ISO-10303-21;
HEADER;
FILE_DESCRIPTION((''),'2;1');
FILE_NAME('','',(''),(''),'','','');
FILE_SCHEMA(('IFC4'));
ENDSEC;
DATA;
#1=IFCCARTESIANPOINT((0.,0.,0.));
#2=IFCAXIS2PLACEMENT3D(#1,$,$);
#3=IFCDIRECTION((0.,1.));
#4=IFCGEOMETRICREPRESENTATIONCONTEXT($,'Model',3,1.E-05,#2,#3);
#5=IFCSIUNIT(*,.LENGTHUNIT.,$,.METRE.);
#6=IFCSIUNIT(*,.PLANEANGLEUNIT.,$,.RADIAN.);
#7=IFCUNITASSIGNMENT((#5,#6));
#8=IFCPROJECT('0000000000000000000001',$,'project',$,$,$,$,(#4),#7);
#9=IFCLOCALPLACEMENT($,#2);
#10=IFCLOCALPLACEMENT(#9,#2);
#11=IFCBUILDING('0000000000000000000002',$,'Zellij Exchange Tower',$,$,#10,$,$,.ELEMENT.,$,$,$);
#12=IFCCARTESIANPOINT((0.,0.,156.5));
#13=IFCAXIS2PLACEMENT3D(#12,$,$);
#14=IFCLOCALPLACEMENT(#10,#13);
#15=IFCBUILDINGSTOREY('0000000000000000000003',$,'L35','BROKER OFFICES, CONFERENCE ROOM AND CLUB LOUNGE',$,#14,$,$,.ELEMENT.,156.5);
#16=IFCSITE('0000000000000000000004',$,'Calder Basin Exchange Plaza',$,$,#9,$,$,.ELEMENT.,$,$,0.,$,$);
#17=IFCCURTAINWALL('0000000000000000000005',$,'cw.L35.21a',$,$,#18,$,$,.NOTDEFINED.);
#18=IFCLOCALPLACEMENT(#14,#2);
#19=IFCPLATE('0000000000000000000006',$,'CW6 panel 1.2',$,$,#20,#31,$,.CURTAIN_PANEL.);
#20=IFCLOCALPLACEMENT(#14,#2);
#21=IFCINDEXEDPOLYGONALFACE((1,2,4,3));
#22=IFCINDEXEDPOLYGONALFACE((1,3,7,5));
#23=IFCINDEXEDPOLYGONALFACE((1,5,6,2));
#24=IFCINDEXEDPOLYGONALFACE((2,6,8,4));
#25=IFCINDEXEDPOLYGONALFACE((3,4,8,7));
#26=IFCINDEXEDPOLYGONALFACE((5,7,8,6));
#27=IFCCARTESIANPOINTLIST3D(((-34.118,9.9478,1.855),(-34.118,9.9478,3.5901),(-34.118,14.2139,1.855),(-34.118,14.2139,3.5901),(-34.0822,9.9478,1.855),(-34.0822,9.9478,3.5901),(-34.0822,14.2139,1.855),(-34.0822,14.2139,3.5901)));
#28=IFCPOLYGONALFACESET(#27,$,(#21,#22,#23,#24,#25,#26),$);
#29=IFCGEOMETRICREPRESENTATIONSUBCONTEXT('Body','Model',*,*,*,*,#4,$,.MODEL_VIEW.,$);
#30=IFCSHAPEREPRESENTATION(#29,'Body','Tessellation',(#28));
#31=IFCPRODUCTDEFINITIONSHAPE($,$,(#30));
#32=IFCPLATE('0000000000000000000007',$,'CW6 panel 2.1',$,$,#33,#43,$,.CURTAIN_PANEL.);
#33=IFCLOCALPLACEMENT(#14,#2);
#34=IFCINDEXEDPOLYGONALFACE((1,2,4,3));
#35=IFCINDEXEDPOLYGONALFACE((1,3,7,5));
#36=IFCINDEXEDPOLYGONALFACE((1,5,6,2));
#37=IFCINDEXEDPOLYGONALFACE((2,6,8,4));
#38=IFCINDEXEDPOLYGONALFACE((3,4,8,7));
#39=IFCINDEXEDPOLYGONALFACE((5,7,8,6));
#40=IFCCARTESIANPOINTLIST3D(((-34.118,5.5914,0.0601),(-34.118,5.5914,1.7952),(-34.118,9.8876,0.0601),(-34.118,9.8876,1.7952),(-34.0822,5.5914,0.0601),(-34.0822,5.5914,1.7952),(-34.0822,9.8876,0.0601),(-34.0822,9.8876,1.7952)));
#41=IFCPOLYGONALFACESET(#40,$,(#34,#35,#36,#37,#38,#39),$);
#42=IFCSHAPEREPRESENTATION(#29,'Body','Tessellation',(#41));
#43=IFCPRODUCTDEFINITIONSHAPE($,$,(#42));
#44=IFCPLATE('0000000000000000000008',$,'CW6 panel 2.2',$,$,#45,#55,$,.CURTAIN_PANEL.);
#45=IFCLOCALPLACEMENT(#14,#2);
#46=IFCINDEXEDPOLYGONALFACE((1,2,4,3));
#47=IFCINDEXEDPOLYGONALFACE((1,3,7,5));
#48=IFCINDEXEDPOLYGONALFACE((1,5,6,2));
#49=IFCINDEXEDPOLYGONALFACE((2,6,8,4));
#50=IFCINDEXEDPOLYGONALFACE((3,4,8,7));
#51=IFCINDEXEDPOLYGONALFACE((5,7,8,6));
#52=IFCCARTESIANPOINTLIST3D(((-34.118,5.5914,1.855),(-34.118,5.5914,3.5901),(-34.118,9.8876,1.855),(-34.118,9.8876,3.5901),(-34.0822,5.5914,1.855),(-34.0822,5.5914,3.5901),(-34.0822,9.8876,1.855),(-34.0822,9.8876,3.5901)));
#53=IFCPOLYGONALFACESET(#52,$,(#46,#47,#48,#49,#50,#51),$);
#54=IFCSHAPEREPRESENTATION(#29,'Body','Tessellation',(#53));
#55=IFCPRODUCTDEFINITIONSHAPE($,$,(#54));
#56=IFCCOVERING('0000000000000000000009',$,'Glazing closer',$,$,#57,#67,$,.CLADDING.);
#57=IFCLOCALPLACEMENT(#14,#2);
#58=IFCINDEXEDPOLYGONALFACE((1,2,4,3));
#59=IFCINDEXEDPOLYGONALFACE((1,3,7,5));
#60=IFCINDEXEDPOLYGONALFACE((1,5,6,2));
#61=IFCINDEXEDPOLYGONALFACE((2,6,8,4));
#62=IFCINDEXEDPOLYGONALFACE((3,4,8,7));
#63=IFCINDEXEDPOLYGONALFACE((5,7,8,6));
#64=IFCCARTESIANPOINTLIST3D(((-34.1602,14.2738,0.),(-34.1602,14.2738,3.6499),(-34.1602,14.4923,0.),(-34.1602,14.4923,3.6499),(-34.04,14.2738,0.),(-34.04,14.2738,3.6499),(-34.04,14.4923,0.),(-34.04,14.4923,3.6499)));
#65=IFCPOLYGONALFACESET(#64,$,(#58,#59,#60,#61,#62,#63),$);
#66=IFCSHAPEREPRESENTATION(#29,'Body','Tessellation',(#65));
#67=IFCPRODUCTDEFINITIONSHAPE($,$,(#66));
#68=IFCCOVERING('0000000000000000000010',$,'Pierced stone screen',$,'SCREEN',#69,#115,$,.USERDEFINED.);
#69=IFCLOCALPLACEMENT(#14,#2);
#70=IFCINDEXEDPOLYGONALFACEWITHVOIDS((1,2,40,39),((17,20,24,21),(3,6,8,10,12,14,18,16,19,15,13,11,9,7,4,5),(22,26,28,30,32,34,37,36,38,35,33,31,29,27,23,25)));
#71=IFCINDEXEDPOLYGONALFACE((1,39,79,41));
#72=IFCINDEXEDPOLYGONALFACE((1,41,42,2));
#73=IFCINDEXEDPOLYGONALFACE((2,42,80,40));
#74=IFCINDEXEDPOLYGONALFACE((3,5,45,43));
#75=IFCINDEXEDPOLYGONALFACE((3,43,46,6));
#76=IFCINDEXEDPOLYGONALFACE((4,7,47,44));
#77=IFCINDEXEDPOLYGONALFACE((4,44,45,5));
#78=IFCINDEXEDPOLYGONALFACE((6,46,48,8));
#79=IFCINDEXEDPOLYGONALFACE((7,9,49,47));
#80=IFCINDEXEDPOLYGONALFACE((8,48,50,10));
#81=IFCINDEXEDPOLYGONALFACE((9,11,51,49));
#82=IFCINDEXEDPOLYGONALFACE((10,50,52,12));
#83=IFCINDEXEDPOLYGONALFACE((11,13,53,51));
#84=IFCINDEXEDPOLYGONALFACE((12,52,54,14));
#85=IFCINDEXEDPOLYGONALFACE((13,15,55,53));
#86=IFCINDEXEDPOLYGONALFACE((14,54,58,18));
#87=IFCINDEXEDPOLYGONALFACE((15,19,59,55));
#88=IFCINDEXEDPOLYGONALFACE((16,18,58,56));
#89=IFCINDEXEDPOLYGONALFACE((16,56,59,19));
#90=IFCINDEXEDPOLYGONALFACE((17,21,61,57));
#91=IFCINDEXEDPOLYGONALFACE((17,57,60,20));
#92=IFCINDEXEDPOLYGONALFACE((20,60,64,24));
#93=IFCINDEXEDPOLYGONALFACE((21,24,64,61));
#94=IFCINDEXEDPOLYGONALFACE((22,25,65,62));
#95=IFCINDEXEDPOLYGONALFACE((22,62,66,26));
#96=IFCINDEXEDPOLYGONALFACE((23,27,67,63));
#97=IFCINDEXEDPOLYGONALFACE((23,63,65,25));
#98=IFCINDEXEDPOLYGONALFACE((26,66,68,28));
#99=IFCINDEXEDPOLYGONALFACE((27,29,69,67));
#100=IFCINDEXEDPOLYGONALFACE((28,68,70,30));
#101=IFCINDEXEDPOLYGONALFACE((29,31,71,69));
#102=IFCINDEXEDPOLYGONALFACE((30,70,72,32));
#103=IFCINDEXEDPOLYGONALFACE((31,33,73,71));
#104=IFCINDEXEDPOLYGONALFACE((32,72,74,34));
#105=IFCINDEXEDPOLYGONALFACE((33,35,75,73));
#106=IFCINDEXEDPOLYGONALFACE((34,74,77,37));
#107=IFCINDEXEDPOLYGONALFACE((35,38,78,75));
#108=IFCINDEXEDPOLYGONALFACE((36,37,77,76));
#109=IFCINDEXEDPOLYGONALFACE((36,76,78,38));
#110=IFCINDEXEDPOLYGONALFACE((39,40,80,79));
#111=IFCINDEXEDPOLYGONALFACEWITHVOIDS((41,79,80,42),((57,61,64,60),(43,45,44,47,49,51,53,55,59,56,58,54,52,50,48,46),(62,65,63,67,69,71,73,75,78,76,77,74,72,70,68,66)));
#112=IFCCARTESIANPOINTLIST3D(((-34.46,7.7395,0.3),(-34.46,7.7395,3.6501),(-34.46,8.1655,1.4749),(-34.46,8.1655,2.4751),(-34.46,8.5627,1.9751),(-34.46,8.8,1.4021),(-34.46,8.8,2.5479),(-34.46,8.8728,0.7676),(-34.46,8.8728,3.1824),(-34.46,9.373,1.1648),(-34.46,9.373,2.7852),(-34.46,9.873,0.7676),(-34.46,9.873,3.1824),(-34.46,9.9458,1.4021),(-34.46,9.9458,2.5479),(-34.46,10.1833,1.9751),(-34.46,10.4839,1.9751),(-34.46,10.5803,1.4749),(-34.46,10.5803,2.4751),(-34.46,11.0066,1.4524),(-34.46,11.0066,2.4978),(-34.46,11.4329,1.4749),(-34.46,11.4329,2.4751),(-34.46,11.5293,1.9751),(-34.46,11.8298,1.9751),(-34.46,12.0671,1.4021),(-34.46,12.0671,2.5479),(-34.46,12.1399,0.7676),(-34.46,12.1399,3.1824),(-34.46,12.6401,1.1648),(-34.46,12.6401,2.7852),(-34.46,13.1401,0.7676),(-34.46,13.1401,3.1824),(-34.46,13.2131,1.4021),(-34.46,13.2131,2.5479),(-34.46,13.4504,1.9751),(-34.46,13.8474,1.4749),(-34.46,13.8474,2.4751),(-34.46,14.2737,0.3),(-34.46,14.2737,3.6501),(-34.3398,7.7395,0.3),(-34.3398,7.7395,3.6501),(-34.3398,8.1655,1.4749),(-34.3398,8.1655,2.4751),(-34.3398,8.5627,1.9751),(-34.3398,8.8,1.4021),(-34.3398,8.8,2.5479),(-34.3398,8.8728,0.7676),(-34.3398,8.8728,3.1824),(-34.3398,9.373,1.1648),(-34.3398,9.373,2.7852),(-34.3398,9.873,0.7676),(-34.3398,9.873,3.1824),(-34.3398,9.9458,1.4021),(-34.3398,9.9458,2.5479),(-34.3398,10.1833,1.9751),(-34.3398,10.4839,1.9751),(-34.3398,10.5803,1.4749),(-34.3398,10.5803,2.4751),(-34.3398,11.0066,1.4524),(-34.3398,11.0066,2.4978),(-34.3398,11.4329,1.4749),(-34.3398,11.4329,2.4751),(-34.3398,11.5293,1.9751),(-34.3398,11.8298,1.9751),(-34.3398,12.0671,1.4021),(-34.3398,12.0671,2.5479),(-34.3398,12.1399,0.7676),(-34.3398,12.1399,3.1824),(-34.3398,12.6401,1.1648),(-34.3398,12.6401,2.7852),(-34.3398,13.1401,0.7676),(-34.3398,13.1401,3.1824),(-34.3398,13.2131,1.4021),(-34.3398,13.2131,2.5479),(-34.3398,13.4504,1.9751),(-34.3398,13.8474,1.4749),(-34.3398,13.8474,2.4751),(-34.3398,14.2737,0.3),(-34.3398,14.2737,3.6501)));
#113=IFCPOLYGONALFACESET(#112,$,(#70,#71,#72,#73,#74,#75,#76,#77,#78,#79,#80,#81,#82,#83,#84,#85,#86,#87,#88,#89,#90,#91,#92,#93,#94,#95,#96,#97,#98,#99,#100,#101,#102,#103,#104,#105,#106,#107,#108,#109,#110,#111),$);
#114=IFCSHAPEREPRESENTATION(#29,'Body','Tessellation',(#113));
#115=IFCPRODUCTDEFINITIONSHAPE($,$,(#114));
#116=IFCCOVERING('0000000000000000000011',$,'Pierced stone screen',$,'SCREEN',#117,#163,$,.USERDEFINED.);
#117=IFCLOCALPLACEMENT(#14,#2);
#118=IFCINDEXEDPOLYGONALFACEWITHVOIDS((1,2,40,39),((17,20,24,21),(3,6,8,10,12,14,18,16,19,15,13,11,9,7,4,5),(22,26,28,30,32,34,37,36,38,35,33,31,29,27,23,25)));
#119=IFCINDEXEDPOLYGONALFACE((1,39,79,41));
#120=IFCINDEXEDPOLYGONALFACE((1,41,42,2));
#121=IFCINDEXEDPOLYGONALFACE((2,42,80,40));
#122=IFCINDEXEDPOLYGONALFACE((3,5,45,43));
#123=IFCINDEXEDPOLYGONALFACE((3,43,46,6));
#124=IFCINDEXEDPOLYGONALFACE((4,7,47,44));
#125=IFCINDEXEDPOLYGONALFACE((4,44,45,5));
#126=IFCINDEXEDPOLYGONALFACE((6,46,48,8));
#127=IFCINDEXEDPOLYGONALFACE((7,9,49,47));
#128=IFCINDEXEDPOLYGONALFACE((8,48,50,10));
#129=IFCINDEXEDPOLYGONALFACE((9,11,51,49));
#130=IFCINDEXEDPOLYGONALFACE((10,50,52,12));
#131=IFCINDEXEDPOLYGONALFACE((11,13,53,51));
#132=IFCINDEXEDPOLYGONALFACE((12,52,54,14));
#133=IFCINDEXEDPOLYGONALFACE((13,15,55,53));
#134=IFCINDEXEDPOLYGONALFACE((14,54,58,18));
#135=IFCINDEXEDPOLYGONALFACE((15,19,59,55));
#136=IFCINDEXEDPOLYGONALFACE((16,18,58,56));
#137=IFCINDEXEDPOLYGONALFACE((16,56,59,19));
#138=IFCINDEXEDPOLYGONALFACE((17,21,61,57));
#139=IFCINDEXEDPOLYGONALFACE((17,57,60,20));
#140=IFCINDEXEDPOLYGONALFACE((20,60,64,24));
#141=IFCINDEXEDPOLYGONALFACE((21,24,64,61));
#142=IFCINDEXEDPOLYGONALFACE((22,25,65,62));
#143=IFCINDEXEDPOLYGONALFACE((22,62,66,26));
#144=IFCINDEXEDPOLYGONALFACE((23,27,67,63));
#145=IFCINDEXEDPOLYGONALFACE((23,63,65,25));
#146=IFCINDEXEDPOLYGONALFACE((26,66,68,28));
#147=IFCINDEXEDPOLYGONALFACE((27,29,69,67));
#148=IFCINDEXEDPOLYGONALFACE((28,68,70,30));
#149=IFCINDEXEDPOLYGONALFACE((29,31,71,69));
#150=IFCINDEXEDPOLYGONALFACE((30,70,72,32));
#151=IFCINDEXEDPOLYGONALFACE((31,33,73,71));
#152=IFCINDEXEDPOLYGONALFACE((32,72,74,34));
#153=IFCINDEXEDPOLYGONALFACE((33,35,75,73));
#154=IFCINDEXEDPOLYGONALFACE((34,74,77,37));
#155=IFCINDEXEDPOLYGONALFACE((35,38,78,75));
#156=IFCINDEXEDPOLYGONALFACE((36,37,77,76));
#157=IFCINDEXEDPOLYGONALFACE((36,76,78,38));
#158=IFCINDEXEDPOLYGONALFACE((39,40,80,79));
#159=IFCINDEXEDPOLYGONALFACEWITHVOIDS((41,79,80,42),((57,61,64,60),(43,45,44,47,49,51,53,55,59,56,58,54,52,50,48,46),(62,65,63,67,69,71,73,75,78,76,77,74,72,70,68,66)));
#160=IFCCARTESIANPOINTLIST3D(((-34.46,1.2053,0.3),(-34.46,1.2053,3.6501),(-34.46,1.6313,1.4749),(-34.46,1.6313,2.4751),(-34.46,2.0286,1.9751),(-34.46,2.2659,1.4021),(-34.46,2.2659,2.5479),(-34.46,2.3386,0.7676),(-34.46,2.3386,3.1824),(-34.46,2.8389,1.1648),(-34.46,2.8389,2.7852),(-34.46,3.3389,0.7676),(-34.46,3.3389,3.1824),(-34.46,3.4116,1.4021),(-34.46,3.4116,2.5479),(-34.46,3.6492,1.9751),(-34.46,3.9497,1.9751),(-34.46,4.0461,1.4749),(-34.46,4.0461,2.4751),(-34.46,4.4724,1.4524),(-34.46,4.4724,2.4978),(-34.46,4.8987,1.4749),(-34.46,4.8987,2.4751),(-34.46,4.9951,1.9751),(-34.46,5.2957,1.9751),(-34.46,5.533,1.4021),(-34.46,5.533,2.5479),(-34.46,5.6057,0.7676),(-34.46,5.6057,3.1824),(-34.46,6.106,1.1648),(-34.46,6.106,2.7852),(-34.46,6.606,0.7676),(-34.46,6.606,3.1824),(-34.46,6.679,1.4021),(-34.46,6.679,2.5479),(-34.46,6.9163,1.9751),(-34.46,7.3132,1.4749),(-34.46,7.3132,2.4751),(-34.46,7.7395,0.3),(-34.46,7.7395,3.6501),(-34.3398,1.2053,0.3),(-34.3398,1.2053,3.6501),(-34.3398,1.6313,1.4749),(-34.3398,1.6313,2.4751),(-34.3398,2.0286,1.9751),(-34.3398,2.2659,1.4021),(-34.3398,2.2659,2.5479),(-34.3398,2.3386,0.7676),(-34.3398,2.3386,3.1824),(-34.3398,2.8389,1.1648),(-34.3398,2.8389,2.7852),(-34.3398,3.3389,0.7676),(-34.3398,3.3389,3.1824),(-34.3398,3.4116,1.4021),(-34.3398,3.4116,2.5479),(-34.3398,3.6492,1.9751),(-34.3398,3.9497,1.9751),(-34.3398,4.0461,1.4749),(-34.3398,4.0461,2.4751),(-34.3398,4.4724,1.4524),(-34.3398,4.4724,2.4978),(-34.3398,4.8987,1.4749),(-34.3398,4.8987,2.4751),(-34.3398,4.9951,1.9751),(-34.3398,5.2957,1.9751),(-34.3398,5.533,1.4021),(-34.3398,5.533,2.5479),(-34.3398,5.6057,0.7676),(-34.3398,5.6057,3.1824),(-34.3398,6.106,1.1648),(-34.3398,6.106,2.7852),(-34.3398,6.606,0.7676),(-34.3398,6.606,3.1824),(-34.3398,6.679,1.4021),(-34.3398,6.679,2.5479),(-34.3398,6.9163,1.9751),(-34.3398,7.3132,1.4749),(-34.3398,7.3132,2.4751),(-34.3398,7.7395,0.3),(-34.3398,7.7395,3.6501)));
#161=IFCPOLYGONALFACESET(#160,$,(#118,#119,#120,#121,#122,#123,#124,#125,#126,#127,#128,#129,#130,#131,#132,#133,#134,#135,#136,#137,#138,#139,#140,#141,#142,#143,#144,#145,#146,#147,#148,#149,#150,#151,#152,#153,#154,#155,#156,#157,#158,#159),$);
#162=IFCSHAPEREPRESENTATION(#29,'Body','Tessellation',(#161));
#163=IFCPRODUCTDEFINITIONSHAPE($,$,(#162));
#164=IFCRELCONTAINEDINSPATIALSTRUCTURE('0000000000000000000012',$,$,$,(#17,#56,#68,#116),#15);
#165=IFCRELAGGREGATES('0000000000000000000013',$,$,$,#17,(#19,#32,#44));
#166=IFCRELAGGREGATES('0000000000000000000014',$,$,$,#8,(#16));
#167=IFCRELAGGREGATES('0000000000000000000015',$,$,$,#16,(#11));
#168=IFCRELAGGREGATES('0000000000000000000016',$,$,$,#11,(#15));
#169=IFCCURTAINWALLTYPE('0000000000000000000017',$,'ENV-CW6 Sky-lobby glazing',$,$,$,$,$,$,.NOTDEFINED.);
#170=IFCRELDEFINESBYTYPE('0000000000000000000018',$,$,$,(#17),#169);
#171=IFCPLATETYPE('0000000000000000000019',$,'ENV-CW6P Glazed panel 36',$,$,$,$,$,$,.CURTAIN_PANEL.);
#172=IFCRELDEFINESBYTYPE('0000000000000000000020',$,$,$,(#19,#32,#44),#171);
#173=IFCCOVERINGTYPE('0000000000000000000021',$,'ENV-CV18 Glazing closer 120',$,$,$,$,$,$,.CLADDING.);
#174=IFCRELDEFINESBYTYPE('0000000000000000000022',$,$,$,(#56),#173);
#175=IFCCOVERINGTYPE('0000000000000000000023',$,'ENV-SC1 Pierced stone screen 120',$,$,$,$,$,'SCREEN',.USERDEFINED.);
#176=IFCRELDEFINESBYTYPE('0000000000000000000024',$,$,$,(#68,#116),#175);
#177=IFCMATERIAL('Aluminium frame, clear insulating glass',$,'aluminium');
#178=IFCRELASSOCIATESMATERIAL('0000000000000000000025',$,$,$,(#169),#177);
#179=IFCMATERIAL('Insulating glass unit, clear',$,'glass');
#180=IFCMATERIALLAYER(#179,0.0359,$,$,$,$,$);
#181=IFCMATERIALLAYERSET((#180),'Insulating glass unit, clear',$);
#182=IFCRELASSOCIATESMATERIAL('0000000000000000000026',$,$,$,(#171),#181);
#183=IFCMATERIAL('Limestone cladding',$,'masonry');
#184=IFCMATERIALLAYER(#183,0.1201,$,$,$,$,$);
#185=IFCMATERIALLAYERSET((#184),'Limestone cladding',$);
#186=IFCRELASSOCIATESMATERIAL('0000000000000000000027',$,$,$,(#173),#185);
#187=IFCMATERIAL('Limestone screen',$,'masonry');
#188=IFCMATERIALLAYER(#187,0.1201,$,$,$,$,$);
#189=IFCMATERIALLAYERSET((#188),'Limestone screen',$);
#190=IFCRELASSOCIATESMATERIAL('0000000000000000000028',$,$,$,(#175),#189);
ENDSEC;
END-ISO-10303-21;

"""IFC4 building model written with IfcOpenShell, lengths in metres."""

from ifc_helpers import new_model, si_unit, direction, frame, origin, origin_2d, place, context, subcontext, project, spatial, polyline, rectangle, outline, extrude, material, layer, layer_set, type_object, element, aggregate, save


model = new_model("IFC4")

# Units and contexts
model_context = context("Model", 3, precision=1e-05, world=origin(), true_north=direction((0.0, 1.0)))
body_context = subcontext(model_context, "Body", "Model", "MODEL_VIEW")
ifc_project = project(units=[si_unit("LENGTHUNIT", "METRE"), si_unit("PLANEANGLEUNIT", "RADIAN")], contexts=[model_context])

# Site, building, storey
site_placement = place(None, origin())
site = spatial("IfcSite", under=ifc_project, at=site_placement, Name="Calder Basin Exchange Plaza", CompositionType="ELEMENT", RefElevation=0.0)
building_placement = place(site_placement, origin())
building = spatial("IfcBuilding", under=site, at=building_placement, Name="Zellij Exchange Tower", CompositionType="ELEMENT")
storey_placement = place(building_placement, frame((0.0, 0.0, 156.5)))
storey = spatial("IfcBuildingStorey", under=building, at=storey_placement, Name="L35", Description="BROKER OFFICES, CONFERENCE ROOM AND CLUB LOUNGE", CompositionType="ELEMENT", Elevation=156.5)

# Curtain wall
ifc_material_1 = material(Name="Aluminium frame, clear insulating glass", Category="aluminium")
curtain_wall_type = type_object("IfcCurtainWallType", Name="ENV-CW6 Sky-lobby glazing", PredefinedType="NOTDEFINED", material=ifc_material_1)
curtain_wall_placement = place(storey_placement, origin())
curtain_wall = element("IfcCurtainWall", 1, at=curtain_wall_placement, inside=storey, type_object=curtain_wall_type, Name="cw.L35.21a", PredefinedType="NOTDEFINED")

# Plates
ifc_material_2 = material(Name="Insulating glass unit, clear", Category="glass")
ifc_layer_1 = layer(ifc_material_2, 0.0359)
ifc_layer_set_1 = layer_set([ifc_layer_1], Name="Insulating glass unit, clear")
plate_type = type_object("IfcPlateType", Name="ENV-CW6P Glazed panel 36", PredefinedType="CURTAIN_PANEL", material=ifc_layer_set_1)
plate_1_placement = place(storey_placement, frame((-34.1001, 12.0808, 1.855), z_axis=(0.0, 0.0, 1.0), x_axis=(0.0, -1.0, 0.0)))
plate_1 = element("IfcPlate", 2, at=plate_1_placement, type_object=plate_type, Name="CW6 panel 1.2", PredefinedType="CURTAIN_PANEL", context=body_context, shape_type="SweptSolid", body=[
    extrude(rectangle(XDim=4.2661, YDim=0.0359, at=origin_2d()), origin(), (0.0, 0.0, 1.0), 1.7351),
])
plate_2_placement = place(storey_placement, frame((-34.1001, 7.7395, 0.0601), z_axis=(0.0, 0.0, 1.0), x_axis=(0.0, -1.0, 0.0)))
plate_2 = element("IfcPlate", 3, at=plate_2_placement, type_object=plate_type, Name="CW6 panel 2.1", PredefinedType="CURTAIN_PANEL", context=body_context, shape_type="SweptSolid", body=[
    extrude(rectangle(XDim=4.2961, YDim=0.0359, at=origin_2d()), origin(), (0.0, 0.0, 1.0), 1.7351),
])
plate_3_placement = place(storey_placement, frame((-34.1001, 7.7395, 1.855), z_axis=(0.0, 0.0, 1.0), x_axis=(0.0, -1.0, 0.0)))
plate_3 = element("IfcPlate", 4, at=plate_3_placement, type_object=plate_type, Name="CW6 panel 2.2", PredefinedType="CURTAIN_PANEL", context=body_context, shape_type="SweptSolid", body=[
    extrude(rectangle(XDim=4.2961, YDim=0.0359, at=origin_2d()), origin(), (0.0, 0.0, 1.0), 1.7351),
])
aggregate(curtain_wall, [plate_1, plate_2, plate_3])

# Coverings
ifc_material_3 = material(Name="Limestone cladding", Category="masonry")
ifc_layer_2 = layer(ifc_material_3, 0.1201)
ifc_layer_set_2 = layer_set([ifc_layer_2], Name="Limestone cladding")
covering_type_1 = type_object("IfcCoveringType", Name="ENV-CV18 Glazing closer 120", PredefinedType="CLADDING", material=ifc_layer_set_2)
covering_placement = place(storey_placement, frame((-34.1001, 14.3831, 0.0), z_axis=(0.0, 0.0, 1.0), x_axis=(0.0, 1.0, 0.0)))
element("IfcCovering", 5, at=covering_placement, inside=storey, type_object=covering_type_1, Name="Glazing closer", PredefinedType="CLADDING", context=body_context, shape_type="SweptSolid", body=[
    extrude(rectangle(XDim=0.2185, YDim=0.1201, at=origin_2d()), origin(), (0.0, 0.0, 1.0), 3.6499),
])
ifc_material_4 = material(Name="Limestone screen", Category="masonry")
ifc_layer_3 = layer(ifc_material_4, 0.1201)
ifc_layer_set_3 = layer_set([ifc_layer_3], Name="Limestone screen")
covering_type_2 = type_object("IfcCoveringType", Name="ENV-SC1 Pierced stone screen 120", ElementType="SCREEN", PredefinedType="USERDEFINED", material=ifc_layer_set_3)
for number, where, z_axis, x_axis, name in (
    (6, (-34.3999, 14.2737, 0.3), (0.0, 0.0, 1.0), (0.0, -1.0, 0.0), "Pierced stone screen"),
    (7, (-34.3999, 7.7395, 0.3), (0.0, 0.0, 1.0), (0.0, -1.0, 0.0), "Pierced stone screen"),
):
    element("IfcCovering", number, at=place(storey_placement, frame(where, z_axis=z_axis, x_axis=x_axis)), inside=storey, type_object=covering_type_2, Name=name, ObjectType="SCREEN", PredefinedType="USERDEFINED", context=body_context, shape_type="SweptSolid", body=[
        extrude(outline(polyline([(0.0, 0.0), (6.5342, 0.0), (6.5342, 3.3501), (0.0, 3.3501), (0.0, 0.0)]), holes=[polyline([(2.8408, 2.175), (2.2065, 2.2478), (2.1338, 2.8823), (1.6335, 2.4851), (1.1335, 2.8823), (1.0605, 2.2478), (0.4263, 2.175), (0.8232, 1.675), (0.4263, 1.1748), (1.0605, 1.1021), (1.1335, 0.4675), (1.6335, 0.8647), (2.1338, 0.4675), (2.2065, 1.1021), (2.8408, 1.1748), (2.4438, 1.675), (2.8408, 2.175)]), polyline([(6.1082, 2.175), (5.4736, 2.2478), (5.4009, 2.8823), (4.9006, 2.4851), (4.4006, 2.8823), (4.3279, 2.2478), (3.6934, 2.175), (4.0903, 1.675), (3.6934, 1.1748), (4.3279, 1.1021), (4.4006, 0.4675), (4.9006, 0.8647), (5.4009, 0.4675), (5.4736, 1.1021), (6.1082, 1.1748), (5.7109, 1.675), (6.1082, 2.175)]), polyline([(3.7898, 1.675), (3.2671, 2.1978), (2.7444, 1.675), (3.2671, 1.1523), (3.7898, 1.675)])]), frame((0.0, 0.0601, 0.0), z_axis=(0.0, -1.0, 0.0), x_axis=(1.0, 0.0, 0.0)), (0.0, 0.0, 1.0), 0.1201),
    ])

save(model, "model.ifc")
